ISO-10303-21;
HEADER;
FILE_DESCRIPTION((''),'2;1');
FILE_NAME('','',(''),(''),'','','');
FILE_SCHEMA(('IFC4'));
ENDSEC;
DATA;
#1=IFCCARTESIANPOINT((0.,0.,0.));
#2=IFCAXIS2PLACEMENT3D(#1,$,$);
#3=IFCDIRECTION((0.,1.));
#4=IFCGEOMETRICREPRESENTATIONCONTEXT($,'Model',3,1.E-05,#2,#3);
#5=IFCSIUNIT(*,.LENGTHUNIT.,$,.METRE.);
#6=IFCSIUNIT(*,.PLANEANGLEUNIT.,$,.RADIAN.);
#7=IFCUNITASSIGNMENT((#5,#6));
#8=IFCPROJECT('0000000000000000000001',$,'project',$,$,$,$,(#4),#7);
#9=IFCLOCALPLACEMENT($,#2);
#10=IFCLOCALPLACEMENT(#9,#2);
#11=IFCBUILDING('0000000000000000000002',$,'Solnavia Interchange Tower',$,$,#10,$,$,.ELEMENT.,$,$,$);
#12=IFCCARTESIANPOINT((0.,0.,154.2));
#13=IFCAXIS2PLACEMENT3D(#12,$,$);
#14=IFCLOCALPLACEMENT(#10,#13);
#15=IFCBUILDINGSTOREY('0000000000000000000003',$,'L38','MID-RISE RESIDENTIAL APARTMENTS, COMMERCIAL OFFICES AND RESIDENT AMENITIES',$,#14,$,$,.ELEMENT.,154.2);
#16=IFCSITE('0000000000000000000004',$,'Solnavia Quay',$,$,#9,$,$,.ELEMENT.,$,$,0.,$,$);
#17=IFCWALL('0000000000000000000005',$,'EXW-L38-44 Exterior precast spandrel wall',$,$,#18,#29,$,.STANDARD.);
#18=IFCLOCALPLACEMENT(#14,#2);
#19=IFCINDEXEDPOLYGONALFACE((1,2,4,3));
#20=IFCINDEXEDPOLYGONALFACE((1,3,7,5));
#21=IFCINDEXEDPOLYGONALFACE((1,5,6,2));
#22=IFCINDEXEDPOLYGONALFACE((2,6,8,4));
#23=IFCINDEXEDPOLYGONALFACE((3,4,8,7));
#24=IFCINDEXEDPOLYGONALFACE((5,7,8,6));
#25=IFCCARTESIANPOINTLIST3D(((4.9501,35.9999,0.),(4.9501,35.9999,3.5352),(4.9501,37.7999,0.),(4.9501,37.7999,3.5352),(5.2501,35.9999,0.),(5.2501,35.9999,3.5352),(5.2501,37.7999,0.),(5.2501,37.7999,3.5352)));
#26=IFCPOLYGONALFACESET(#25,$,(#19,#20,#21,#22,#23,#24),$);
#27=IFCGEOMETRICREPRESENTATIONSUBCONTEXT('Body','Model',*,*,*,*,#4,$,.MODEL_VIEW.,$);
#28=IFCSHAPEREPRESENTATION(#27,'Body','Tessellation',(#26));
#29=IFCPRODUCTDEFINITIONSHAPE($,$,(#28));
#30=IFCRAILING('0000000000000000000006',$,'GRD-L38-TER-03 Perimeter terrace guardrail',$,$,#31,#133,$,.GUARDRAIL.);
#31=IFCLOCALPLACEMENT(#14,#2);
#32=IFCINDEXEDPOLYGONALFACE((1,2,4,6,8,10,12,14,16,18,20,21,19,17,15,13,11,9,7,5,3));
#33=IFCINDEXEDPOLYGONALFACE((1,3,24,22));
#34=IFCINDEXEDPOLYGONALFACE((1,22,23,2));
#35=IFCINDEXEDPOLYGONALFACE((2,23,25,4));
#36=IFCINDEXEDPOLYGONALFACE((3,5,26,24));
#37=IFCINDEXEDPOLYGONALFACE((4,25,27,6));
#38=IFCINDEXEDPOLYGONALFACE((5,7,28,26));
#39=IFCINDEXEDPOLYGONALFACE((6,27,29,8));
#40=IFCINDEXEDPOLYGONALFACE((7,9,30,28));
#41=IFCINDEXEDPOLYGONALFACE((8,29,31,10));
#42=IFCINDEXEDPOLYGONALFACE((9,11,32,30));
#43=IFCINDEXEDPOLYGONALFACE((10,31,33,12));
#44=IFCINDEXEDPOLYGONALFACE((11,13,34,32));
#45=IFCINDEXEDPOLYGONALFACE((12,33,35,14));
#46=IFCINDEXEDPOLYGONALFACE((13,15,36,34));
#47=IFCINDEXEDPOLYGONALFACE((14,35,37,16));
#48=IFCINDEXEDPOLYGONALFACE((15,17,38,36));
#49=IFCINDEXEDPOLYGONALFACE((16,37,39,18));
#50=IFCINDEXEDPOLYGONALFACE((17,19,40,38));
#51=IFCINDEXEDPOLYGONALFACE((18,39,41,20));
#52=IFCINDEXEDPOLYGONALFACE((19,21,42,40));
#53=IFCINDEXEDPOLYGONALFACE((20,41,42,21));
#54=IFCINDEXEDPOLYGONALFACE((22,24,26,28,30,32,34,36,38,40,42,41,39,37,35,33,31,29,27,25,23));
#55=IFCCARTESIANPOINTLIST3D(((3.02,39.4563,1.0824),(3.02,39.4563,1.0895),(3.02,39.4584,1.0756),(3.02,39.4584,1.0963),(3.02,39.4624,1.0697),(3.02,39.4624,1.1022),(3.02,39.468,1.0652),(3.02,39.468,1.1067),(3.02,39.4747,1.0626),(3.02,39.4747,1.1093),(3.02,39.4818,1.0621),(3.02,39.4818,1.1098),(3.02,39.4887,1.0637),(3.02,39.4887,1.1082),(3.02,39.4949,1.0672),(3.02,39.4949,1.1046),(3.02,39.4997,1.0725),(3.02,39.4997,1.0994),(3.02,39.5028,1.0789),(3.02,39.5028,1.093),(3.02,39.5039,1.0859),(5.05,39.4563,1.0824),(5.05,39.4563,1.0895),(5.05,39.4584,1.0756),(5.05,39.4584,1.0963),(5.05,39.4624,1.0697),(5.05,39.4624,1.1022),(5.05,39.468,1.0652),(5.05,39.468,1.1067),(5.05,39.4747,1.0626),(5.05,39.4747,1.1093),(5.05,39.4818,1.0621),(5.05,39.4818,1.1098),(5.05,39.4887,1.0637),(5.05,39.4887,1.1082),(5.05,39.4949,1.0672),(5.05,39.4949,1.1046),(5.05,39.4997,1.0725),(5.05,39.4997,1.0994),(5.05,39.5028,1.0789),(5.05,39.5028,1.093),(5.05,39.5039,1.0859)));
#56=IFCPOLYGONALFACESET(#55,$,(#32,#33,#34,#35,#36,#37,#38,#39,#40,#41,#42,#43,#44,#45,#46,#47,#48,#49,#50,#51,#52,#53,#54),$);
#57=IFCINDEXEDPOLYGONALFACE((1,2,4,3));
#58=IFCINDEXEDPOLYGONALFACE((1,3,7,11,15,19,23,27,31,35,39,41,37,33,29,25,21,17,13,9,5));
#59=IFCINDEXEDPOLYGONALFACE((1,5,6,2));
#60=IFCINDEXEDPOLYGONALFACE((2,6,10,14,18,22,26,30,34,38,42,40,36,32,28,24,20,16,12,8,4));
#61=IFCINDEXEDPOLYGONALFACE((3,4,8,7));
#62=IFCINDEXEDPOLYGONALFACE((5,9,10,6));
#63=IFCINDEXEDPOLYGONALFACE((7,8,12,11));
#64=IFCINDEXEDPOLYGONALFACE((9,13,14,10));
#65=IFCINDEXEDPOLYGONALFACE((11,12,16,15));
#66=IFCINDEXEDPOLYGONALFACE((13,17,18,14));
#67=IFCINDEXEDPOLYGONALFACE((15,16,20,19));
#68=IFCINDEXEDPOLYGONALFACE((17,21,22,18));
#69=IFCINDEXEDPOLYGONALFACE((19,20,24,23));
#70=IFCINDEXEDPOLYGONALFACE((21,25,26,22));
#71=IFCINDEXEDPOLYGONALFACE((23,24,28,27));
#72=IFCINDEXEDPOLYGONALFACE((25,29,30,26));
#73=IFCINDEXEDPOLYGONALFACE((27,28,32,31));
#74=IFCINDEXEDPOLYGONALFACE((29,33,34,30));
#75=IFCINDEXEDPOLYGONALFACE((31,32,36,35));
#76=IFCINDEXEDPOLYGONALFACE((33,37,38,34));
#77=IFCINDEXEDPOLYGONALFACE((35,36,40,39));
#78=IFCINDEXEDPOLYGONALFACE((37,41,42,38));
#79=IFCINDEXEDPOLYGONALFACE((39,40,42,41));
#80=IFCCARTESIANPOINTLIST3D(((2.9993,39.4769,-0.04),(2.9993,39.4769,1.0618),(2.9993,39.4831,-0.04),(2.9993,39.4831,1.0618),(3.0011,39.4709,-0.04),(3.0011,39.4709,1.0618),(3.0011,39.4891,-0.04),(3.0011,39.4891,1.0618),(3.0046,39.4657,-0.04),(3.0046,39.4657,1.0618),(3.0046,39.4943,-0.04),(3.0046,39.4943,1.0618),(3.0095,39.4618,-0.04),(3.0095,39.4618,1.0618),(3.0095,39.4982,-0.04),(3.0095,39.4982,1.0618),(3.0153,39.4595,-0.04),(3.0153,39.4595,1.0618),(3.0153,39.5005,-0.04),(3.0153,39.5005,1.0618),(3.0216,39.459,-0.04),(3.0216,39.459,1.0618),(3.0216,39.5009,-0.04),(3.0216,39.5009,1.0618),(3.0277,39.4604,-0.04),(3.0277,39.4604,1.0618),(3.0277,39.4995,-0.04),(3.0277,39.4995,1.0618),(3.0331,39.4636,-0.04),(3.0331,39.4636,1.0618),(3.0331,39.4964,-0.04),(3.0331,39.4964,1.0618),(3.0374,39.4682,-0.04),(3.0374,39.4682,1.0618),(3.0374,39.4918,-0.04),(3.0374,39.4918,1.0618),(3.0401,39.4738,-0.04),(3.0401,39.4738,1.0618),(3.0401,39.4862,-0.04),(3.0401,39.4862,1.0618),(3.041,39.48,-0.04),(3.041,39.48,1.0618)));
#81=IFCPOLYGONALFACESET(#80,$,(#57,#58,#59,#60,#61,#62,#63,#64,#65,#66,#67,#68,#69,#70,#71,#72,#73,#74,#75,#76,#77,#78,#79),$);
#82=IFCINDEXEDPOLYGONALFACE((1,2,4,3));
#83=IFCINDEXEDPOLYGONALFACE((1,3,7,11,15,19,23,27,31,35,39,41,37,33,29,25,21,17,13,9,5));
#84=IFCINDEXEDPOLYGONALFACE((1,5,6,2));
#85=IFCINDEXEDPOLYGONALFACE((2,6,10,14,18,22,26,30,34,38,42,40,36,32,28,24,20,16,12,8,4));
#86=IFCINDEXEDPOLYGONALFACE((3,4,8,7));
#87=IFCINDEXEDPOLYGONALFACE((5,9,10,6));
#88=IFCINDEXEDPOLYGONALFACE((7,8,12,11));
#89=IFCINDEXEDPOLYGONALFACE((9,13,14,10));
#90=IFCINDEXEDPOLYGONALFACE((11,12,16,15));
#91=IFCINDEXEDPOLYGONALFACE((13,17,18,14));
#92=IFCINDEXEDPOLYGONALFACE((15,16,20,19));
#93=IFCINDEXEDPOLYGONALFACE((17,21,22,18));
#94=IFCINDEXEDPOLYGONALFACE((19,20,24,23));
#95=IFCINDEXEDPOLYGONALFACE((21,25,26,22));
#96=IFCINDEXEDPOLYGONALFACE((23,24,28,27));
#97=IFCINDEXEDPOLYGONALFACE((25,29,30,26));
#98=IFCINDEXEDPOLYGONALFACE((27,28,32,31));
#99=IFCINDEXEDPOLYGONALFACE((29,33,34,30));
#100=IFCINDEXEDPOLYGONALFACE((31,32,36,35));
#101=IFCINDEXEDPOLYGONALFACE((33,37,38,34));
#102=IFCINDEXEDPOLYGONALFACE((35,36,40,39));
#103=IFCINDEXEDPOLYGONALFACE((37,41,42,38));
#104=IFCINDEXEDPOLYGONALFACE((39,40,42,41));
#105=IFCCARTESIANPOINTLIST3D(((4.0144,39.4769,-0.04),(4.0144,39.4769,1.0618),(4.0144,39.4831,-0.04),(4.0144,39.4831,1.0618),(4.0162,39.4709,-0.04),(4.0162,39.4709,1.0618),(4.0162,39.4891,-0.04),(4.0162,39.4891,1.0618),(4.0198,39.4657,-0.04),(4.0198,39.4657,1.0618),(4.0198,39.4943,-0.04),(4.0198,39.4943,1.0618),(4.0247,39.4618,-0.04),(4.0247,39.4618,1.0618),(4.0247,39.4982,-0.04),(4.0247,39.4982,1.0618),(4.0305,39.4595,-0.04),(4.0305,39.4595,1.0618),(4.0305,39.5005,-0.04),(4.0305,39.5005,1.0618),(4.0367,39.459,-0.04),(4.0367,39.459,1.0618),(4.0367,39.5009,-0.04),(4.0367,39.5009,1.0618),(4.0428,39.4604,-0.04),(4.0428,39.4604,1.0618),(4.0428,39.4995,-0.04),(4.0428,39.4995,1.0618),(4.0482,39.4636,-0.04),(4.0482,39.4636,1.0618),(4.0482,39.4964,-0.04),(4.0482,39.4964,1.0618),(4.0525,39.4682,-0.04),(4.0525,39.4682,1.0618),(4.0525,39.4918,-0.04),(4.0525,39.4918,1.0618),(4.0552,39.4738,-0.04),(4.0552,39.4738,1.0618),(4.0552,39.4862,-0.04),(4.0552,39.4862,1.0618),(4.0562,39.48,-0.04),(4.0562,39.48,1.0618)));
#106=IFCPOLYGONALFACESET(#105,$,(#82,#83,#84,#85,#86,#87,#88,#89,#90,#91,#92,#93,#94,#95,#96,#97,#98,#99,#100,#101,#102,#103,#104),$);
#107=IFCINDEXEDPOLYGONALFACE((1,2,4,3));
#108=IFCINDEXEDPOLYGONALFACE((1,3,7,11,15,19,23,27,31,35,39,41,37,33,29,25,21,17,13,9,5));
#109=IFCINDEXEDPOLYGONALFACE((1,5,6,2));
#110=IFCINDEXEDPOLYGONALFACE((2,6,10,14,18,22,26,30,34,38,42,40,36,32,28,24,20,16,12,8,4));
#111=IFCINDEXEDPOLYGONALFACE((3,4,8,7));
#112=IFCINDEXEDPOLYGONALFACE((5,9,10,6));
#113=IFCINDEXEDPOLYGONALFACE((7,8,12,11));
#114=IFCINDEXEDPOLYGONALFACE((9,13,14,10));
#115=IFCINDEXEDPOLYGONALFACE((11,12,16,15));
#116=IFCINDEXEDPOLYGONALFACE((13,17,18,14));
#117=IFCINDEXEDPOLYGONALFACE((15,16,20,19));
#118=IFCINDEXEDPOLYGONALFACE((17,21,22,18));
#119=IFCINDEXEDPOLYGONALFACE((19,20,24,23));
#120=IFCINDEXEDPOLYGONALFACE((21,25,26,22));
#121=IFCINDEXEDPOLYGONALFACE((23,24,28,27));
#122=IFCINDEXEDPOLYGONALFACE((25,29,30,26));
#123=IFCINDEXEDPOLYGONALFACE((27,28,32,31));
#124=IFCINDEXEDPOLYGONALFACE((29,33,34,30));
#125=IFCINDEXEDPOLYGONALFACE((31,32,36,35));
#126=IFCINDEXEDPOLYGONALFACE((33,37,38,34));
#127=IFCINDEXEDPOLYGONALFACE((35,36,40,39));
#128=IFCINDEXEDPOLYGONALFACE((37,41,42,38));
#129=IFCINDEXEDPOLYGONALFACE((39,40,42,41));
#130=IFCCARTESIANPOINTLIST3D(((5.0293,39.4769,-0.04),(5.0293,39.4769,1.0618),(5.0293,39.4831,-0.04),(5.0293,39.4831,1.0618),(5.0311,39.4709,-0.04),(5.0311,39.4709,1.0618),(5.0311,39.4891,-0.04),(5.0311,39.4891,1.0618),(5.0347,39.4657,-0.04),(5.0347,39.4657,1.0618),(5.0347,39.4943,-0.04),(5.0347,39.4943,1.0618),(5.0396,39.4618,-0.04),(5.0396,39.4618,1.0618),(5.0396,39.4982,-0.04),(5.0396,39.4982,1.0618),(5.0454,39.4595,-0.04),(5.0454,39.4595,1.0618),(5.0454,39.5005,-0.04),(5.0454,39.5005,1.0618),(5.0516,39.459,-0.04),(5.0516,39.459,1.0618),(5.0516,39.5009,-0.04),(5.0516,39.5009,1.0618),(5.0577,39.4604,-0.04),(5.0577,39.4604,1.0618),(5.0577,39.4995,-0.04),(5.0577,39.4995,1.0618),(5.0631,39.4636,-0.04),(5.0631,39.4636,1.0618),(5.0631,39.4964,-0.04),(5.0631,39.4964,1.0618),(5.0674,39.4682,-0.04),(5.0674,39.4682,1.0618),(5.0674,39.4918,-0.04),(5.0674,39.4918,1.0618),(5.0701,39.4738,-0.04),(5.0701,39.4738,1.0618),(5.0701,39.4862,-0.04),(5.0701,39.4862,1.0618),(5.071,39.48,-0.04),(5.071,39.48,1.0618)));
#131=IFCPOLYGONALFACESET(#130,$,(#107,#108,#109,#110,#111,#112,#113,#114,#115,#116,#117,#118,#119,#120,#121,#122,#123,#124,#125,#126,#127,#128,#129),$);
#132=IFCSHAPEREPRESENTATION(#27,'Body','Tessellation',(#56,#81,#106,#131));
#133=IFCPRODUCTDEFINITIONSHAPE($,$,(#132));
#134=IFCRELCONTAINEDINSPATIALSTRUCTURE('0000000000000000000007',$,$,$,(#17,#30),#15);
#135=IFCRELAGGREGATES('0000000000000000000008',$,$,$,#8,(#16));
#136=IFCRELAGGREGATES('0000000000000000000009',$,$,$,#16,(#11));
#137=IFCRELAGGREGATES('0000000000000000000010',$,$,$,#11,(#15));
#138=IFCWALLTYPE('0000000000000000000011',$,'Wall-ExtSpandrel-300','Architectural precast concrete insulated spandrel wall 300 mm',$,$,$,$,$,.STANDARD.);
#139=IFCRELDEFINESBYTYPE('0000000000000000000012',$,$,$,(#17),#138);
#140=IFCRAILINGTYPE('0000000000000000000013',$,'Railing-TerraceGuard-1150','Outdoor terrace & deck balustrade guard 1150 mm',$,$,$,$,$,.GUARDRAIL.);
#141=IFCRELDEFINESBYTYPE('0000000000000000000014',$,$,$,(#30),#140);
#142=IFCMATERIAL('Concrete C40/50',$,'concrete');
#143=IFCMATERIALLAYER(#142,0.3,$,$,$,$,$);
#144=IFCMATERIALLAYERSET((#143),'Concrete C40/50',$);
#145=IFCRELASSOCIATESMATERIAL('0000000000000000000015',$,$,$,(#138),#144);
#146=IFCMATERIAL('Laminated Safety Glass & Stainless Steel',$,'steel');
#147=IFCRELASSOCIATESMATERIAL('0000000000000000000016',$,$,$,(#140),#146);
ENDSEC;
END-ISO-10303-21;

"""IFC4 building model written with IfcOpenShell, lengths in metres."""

from ifc_helpers import new_model, si_unit, direction, frame, frame_2d, origin, origin_2d, place, context, subcontext, project, spatial, rectangle, circle, extrude, material, layer, layer_set, type_object, element, save


model = new_model("IFC4")

# Units and contexts
model_context = context("Model", 3, precision=1e-05, world=origin(), true_north=direction((0.0, 1.0)))
body_context = subcontext(model_context, "Body", "Model", "MODEL_VIEW")
ifc_project = project(units=[si_unit("LENGTHUNIT", "METRE"), si_unit("PLANEANGLEUNIT", "RADIAN")], contexts=[model_context])

# Site, building, storey
site_placement = place(None, origin())
site = spatial("IfcSite", under=ifc_project, at=site_placement, Name="Solnavia Quay", CompositionType="ELEMENT", RefElevation=0.0)
building_placement = place(site_placement, origin())
building = spatial("IfcBuilding", under=site, at=building_placement, Name="Solnavia Interchange Tower", CompositionType="ELEMENT")
storey_placement = place(building_placement, frame((0.0, 0.0, 154.2)))
storey = spatial("IfcBuildingStorey", under=building, at=storey_placement, Name="L38", Description="MID-RISE RESIDENTIAL APARTMENTS, COMMERCIAL OFFICES AND RESIDENT AMENITIES", CompositionType="ELEMENT", Elevation=154.2)

# Wall
ifc_material_1 = material(Name="Concrete C40/50", Category="concrete")
ifc_layer_1 = layer(ifc_material_1, 0.3)
ifc_layer_set_1 = layer_set([ifc_layer_1], Name="Concrete C40/50")
wall_type = type_object("IfcWallType", Name="Wall-ExtSpandrel-300", Description="Architectural precast concrete insulated spandrel wall 300 mm", PredefinedType="STANDARD", material=ifc_layer_set_1)
wall_1_placement = place(storey_placement, frame((5.1001, 36.0, 0.0), z_axis=(0.0, 0.0, 1.0), x_axis=(0.0, 1.0, 0.0)))
element("IfcWall", 1, at=wall_1_placement, inside=storey, type_object=wall_type, Name="EXW-L38-44 Exterior precast spandrel wall", PredefinedType="STANDARD", context=body_context, shape_type="SweptSolid", body=[
    extrude(rectangle(XDim=1.8, YDim=0.3, at=frame_2d((0.8999, 0.0))), origin(), (0.0, 0.0, 1.0), 3.5352),
])

# Railing
ifc_material_2 = material(Name="Laminated Safety Glass & Stainless Steel", Category="steel")
railing_type = type_object("IfcRailingType", Name="Railing-TerraceGuard-1150", Description="Outdoor terrace & deck balustrade guard 1150 mm", PredefinedType="GUARDRAIL", material=ifc_material_2)
railing_placement = place(storey_placement, frame((3.02, 39.48, -0.04)))
element("IfcRailing", 2, at=railing_placement, inside=storey, type_object=railing_type, Name="GRD-L38-TER-03 Perimeter terrace guardrail", PredefinedType="GUARDRAIL", context=body_context, shape_type="SweptSolid", body=[
    extrude(circle(Radius=0.0239, at=origin_2d()), frame((0.0, 0.0, 1.126), z_axis=(1.0, 0.0, 0.0), x_axis=(0.0, 1.0, 0.0)), (0.0, 0.0, 1.0), 2.03),
    extrude(circle(Radius=0.021, at=origin_2d()), origin(), (0.0, 0.0, 1.0), 1.1018),
    extrude(circle(Radius=0.021, at=origin_2d()), frame((1.0151, 0.0, 0.0)), (0.0, 0.0, 1.0), 1.1018),
    extrude(circle(Radius=0.021, at=origin_2d()), frame((2.03, 0.0, 0.0)), (0.0, 0.0, 1.0), 1.1018),
])

save(model, "model.ifc")
